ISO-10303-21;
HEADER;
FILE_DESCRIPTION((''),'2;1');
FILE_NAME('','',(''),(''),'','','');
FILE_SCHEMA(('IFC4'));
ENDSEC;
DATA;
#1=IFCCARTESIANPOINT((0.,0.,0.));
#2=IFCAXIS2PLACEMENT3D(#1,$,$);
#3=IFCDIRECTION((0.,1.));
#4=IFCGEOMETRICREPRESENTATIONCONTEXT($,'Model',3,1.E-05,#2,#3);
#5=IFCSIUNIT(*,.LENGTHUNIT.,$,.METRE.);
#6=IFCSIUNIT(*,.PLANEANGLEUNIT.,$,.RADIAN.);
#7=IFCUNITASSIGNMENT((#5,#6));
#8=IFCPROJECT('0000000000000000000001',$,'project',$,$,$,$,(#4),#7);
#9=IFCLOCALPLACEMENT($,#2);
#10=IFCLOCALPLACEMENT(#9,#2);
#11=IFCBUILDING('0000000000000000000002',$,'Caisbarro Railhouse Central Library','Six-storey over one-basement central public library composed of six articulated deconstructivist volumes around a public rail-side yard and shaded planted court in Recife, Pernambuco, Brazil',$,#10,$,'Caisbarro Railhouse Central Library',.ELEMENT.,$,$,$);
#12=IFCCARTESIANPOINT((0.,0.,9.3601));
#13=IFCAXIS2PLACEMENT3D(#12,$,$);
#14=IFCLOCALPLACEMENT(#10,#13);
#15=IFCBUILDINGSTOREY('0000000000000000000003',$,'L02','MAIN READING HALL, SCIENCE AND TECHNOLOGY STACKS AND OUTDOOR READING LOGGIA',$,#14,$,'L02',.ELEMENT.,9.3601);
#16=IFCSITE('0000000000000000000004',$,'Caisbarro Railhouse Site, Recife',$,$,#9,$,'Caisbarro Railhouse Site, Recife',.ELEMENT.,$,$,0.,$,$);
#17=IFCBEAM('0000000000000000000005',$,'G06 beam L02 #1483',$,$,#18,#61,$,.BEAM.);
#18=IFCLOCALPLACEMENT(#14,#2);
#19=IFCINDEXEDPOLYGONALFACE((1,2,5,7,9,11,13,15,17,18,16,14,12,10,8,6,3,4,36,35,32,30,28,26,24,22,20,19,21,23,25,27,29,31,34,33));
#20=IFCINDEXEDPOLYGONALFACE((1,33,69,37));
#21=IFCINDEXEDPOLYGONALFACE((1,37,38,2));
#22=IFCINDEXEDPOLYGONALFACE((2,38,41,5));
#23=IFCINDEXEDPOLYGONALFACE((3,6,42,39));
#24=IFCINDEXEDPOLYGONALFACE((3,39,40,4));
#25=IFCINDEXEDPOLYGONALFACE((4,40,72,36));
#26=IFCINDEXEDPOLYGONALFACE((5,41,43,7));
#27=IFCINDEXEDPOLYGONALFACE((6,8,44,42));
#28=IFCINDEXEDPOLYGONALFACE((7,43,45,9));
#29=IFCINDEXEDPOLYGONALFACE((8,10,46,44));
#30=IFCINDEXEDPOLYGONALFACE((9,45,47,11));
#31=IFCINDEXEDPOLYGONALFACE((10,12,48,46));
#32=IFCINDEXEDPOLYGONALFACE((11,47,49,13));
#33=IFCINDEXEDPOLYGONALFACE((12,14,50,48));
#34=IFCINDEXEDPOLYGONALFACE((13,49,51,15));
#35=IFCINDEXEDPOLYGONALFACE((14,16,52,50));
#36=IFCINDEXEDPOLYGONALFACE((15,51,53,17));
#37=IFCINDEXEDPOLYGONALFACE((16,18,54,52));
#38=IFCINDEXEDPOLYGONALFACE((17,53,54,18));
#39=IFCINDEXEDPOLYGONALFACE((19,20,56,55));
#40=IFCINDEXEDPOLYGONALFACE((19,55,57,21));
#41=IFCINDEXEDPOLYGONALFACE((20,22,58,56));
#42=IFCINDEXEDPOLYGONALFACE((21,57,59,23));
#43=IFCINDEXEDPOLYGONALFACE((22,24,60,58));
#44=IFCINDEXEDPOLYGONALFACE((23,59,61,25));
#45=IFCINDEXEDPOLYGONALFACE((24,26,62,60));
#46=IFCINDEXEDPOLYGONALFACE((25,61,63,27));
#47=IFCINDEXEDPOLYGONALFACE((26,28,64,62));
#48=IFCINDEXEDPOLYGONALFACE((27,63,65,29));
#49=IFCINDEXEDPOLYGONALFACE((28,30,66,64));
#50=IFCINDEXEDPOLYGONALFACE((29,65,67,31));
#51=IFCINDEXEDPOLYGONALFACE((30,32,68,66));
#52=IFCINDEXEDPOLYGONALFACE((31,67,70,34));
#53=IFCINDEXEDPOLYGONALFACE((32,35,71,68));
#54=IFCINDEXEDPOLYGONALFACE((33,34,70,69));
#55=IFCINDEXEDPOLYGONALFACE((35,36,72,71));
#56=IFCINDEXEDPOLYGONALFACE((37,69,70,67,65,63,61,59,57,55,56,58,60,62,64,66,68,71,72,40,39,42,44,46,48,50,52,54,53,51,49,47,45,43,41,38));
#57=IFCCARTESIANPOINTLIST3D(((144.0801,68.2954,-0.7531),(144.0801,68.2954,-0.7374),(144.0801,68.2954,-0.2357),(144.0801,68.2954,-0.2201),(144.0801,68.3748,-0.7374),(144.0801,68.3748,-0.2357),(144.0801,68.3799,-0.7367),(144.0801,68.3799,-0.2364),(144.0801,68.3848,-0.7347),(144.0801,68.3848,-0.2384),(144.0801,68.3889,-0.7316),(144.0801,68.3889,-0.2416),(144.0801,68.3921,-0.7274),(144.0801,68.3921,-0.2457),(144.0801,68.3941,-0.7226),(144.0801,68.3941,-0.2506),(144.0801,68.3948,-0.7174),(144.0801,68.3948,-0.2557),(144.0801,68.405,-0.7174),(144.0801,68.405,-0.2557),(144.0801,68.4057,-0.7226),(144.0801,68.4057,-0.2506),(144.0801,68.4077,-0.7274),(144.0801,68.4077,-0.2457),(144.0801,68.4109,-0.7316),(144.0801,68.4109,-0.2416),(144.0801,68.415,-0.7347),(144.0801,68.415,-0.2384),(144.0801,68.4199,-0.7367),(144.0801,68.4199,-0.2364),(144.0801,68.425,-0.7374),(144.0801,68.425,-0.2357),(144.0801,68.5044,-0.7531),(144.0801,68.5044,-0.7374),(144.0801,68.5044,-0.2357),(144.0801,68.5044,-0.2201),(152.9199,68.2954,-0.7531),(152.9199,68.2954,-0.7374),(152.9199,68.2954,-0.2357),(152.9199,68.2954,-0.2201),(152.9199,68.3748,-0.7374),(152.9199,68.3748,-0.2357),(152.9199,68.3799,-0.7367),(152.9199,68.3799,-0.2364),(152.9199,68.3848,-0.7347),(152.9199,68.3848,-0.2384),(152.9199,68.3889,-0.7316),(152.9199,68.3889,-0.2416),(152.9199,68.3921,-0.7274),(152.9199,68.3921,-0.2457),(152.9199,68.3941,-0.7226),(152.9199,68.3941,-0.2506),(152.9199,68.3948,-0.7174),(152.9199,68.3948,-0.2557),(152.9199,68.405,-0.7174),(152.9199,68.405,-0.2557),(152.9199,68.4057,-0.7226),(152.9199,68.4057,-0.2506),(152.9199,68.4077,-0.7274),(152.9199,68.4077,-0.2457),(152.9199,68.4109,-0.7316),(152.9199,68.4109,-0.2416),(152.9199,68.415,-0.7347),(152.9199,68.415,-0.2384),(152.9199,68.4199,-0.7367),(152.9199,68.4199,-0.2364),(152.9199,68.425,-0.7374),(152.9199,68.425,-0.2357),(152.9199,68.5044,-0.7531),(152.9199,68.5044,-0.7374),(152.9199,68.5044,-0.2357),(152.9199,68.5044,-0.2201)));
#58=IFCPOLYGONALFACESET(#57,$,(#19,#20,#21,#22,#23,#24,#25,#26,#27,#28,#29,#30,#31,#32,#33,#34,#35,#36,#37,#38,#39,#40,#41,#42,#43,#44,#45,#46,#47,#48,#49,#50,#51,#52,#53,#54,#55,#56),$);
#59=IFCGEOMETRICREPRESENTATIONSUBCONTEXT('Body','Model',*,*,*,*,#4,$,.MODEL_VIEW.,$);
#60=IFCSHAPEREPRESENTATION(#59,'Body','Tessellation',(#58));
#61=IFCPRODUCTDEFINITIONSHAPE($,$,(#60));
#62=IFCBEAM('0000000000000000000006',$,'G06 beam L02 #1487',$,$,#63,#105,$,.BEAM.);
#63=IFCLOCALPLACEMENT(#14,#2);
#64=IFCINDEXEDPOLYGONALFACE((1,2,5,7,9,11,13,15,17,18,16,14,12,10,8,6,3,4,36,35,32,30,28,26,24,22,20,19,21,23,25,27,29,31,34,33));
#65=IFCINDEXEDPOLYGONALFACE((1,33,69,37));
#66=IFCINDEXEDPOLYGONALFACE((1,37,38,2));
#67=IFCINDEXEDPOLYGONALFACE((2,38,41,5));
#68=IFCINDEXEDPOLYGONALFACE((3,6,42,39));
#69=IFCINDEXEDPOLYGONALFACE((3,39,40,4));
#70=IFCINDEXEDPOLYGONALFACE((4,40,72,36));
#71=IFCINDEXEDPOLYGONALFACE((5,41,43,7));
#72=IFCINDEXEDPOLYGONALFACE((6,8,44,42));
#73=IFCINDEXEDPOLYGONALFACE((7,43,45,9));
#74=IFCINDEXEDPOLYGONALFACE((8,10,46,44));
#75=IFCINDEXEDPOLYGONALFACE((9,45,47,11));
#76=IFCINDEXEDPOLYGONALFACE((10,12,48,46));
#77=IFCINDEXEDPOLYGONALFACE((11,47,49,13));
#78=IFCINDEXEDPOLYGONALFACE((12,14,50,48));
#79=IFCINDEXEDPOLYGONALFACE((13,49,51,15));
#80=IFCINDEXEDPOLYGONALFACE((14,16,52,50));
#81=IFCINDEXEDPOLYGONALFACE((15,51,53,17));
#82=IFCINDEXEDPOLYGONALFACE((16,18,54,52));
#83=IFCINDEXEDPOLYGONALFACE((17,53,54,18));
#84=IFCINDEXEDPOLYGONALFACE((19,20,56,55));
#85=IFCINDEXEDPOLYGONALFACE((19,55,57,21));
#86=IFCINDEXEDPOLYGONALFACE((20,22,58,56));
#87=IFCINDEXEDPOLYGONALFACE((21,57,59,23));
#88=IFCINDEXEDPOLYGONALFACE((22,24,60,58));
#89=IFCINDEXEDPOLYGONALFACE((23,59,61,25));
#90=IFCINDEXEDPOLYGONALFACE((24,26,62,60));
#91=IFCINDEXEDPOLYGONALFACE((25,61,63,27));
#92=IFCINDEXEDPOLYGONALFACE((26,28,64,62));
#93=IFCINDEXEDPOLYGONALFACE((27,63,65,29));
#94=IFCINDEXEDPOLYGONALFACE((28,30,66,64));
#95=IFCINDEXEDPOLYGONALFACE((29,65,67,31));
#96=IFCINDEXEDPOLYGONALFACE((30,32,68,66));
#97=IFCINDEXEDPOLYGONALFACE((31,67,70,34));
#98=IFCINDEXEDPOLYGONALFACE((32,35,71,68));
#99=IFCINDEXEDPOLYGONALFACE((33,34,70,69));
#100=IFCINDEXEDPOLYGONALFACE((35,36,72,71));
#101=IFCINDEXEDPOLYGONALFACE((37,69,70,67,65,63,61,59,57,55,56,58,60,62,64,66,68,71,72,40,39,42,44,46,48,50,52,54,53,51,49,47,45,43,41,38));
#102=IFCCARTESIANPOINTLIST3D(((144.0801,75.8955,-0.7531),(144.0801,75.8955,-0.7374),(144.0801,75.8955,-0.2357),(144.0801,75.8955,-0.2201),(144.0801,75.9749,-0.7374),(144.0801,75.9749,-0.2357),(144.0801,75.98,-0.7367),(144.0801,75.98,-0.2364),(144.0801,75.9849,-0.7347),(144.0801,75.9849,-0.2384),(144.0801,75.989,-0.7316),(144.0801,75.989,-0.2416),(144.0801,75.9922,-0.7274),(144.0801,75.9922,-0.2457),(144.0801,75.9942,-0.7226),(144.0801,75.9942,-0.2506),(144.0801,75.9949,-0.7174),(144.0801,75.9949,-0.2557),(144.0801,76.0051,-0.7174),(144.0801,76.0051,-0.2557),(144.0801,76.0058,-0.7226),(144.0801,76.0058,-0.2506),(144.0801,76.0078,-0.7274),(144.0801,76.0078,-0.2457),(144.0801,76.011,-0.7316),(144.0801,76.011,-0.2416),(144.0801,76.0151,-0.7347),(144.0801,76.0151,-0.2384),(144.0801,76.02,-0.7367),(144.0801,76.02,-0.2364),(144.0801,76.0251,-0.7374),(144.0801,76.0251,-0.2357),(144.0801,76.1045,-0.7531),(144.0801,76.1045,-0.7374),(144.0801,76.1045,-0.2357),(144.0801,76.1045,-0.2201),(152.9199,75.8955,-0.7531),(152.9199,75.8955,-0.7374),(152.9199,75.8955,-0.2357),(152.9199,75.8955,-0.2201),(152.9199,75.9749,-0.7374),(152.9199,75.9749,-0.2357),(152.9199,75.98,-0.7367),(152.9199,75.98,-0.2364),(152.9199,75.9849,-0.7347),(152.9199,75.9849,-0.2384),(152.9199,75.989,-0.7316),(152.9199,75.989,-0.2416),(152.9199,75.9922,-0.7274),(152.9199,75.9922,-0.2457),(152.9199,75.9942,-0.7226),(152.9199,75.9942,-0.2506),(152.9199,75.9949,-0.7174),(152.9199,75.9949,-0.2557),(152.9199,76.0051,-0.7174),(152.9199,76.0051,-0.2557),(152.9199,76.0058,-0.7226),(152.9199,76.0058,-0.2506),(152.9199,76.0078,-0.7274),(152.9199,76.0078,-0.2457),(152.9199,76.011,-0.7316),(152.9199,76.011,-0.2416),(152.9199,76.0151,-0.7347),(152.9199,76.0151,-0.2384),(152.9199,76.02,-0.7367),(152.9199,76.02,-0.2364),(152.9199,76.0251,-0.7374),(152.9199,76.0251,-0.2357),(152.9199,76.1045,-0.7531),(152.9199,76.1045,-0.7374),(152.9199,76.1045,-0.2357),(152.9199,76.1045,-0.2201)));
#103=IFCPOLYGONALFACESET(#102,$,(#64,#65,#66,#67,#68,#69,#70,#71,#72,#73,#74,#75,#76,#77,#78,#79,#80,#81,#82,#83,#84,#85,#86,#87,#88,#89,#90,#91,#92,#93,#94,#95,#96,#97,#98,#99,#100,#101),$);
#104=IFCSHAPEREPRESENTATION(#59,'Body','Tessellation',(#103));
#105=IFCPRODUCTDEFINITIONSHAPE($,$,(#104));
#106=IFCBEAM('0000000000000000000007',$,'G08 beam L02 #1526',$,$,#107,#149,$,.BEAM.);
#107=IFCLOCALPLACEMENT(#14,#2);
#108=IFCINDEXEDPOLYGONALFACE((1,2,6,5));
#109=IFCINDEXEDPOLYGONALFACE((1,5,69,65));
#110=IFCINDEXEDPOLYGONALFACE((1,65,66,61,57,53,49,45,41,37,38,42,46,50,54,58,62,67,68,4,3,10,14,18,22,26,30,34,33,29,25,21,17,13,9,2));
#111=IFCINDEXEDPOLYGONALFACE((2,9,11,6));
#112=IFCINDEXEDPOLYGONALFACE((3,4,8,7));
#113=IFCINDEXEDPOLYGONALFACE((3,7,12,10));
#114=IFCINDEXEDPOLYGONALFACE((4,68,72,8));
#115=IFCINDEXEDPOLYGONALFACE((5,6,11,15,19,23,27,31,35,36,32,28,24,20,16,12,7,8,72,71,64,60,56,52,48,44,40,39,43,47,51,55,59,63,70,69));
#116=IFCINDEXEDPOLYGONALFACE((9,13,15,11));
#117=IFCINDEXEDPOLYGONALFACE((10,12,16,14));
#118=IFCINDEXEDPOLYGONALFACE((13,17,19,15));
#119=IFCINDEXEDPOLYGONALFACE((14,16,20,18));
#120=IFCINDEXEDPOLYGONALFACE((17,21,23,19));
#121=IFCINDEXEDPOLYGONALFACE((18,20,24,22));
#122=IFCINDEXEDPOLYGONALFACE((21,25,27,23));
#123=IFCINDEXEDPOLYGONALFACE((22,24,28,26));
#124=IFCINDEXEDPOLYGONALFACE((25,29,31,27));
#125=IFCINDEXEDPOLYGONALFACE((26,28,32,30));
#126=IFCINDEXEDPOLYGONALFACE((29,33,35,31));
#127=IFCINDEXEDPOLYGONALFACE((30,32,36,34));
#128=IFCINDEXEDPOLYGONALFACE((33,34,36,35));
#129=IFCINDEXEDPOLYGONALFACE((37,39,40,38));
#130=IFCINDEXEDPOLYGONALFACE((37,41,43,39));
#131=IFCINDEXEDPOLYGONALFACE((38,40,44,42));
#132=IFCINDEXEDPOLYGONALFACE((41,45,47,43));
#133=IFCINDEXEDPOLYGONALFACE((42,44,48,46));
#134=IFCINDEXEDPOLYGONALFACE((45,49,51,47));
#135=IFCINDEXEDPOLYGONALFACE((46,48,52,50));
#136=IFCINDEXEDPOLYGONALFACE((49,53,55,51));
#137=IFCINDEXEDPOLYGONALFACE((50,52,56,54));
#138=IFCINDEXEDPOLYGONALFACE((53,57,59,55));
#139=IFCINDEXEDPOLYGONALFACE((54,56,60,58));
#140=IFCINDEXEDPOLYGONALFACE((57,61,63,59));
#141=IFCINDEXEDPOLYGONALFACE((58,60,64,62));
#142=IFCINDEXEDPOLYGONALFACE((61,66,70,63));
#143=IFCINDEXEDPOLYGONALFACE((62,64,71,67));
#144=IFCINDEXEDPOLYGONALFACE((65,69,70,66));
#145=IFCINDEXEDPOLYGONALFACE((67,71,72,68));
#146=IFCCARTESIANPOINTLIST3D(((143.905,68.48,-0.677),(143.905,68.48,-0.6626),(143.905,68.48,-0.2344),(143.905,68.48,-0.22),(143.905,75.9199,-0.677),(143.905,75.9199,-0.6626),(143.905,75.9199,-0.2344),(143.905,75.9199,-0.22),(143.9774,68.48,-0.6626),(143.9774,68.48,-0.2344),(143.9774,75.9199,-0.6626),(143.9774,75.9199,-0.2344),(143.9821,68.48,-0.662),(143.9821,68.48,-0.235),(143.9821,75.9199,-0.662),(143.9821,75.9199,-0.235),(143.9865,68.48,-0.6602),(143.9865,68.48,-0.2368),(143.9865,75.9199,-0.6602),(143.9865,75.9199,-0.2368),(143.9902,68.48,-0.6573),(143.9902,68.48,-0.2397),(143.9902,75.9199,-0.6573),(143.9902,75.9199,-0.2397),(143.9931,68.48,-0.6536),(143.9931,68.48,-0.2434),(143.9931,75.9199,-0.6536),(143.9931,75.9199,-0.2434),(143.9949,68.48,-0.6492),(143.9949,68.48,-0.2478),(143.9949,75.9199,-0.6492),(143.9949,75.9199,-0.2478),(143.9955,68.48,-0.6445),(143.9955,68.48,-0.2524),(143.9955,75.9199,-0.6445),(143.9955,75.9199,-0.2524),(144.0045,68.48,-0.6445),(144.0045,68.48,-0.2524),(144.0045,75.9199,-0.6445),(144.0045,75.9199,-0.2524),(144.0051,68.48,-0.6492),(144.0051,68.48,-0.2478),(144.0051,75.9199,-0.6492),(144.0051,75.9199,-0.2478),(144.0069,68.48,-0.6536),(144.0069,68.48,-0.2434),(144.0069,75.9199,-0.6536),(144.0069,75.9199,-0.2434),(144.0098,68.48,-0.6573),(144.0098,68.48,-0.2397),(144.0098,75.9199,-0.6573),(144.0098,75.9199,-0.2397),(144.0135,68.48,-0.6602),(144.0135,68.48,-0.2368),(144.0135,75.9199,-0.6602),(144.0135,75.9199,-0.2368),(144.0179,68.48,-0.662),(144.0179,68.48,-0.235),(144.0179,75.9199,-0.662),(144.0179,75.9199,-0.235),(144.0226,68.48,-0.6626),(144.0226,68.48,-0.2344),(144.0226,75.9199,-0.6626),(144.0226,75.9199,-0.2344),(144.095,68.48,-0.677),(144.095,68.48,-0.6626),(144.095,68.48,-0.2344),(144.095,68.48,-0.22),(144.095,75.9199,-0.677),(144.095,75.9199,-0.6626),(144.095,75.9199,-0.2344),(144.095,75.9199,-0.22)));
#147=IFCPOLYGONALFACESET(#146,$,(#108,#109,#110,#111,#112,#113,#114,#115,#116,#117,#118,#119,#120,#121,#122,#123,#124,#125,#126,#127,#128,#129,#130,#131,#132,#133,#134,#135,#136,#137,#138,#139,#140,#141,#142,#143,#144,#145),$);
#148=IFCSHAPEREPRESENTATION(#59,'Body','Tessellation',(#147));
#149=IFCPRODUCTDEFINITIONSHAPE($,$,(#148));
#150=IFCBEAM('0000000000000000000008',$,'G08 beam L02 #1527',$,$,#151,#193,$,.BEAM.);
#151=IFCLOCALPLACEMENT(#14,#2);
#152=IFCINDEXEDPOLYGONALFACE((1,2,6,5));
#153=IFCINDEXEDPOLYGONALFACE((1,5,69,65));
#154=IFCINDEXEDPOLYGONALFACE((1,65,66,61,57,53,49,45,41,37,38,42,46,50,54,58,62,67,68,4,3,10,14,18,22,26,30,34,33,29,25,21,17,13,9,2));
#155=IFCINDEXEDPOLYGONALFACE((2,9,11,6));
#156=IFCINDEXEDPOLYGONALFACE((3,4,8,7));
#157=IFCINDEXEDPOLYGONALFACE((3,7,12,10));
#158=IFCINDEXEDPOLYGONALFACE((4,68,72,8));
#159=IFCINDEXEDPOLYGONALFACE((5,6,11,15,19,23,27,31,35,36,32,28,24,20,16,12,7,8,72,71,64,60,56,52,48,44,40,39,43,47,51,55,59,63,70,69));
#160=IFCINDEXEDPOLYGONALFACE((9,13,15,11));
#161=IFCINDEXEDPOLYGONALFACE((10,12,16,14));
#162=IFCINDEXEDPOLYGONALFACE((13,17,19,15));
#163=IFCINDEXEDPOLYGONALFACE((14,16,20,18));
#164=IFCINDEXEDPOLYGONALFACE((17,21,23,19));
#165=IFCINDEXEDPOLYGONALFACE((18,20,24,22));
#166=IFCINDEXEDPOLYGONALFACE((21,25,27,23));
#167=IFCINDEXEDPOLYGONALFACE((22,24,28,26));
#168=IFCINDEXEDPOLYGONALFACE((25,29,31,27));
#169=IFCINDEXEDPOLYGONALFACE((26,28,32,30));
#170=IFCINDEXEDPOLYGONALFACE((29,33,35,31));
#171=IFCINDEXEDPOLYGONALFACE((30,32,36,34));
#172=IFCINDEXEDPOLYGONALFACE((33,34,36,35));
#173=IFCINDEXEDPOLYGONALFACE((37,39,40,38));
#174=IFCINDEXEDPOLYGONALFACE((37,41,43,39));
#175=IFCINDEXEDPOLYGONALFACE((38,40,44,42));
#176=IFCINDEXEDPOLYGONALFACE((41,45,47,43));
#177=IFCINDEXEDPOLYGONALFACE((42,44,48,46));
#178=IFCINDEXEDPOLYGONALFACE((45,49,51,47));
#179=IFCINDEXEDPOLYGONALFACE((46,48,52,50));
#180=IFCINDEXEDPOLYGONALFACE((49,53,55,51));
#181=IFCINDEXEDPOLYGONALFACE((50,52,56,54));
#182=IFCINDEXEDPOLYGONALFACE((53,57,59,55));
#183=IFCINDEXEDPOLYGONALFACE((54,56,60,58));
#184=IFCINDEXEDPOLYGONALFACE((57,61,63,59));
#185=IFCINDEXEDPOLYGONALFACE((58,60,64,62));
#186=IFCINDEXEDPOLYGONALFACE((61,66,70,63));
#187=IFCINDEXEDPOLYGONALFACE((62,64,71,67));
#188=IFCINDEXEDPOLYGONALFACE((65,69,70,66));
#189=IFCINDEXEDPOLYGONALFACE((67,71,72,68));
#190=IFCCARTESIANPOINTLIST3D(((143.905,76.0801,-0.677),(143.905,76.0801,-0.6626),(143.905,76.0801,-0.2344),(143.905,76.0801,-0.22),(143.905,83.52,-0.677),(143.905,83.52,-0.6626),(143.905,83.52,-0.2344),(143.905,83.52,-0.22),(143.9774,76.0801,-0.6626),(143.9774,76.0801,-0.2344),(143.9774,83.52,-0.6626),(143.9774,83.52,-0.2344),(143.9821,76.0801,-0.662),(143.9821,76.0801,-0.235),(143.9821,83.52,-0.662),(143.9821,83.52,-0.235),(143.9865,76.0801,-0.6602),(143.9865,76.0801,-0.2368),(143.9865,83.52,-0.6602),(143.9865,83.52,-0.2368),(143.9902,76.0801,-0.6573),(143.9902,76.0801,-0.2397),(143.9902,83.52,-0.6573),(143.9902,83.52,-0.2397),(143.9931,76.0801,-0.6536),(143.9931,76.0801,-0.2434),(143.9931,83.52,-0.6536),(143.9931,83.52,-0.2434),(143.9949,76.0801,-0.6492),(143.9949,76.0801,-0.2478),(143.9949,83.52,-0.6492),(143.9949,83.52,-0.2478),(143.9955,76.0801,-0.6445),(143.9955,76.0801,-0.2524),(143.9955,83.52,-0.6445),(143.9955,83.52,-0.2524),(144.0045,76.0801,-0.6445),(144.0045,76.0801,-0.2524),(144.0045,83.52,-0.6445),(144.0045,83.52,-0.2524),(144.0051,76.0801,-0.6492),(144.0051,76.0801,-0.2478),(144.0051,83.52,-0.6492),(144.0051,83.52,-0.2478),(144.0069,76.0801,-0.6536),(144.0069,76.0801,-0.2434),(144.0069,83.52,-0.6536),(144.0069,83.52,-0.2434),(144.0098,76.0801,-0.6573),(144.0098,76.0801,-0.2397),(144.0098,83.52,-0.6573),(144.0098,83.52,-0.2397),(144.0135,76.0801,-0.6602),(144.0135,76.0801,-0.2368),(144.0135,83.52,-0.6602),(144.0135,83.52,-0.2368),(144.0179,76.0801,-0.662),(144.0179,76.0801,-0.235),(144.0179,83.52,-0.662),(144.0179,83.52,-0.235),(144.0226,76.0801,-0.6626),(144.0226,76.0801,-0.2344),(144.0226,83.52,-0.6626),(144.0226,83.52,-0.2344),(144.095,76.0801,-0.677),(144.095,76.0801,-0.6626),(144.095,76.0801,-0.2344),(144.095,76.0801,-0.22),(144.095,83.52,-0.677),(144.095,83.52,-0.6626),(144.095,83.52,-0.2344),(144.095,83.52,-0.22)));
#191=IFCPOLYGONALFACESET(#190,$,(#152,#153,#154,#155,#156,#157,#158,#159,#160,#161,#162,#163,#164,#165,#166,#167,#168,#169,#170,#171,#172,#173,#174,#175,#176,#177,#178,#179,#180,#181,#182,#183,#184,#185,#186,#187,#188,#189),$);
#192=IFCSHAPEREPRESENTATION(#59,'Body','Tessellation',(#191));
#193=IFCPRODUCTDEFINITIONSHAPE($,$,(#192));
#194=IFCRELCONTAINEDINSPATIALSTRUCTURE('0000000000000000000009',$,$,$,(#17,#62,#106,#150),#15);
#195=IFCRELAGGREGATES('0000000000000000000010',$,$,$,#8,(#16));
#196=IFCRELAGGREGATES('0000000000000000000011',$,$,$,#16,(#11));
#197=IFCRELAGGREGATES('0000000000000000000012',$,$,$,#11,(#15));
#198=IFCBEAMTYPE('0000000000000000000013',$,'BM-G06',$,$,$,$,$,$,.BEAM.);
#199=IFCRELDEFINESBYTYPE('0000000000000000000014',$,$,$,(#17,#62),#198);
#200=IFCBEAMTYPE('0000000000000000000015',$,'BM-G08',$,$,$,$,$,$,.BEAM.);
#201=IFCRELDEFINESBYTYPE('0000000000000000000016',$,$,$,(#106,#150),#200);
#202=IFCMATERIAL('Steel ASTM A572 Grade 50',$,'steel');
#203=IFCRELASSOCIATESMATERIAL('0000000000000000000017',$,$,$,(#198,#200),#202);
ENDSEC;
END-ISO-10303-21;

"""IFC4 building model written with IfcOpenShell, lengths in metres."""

from ifc_helpers import new_model, si_unit, direction, frame, origin, origin_2d, place, context, subcontext, project, spatial, i_section, extrude, material, material_profile, profile_set, type_object, element, save


model = new_model("IFC4")

# Units and contexts
model_context = context("Model", 3, precision=1e-05, world=origin(), true_north=direction((0.0, 1.0)))
body_context = subcontext(model_context, "Body", "Model", "MODEL_VIEW")
ifc_project = project(units=[si_unit("LENGTHUNIT", "METRE"), si_unit("PLANEANGLEUNIT", "RADIAN")], contexts=[model_context])

# Site, building, storey
site_placement = place(None, origin())
site = spatial("IfcSite", under=ifc_project, at=site_placement, Name="Caisbarro Railhouse Site, Recife", LongName="Caisbarro Railhouse Site, Recife", CompositionType="ELEMENT", RefElevation=0.0)
building_placement = place(site_placement, origin())
building = spatial("IfcBuilding", under=site, at=building_placement, Name="Caisbarro Railhouse Central Library", Description="Six-storey over one-basement central public library composed of six articulated deconstructivist volumes around a public rail-side yard and shaded planted court in Recife, Pernambuco, Brazil", LongName="Caisbarro Railhouse Central Library", CompositionType="ELEMENT")
storey_placement = place(building_placement, frame((0.0, 0.0, 9.3601)))
storey = spatial("IfcBuildingStorey", under=building, at=storey_placement, Name="L02", Description="MAIN READING HALL, SCIENCE AND TECHNOLOGY STACKS AND OUTDOOR READING LOGGIA", LongName="L02", CompositionType="ELEMENT", Elevation=9.3601)

# Shared definitions
ifc_material_1 = material(Name="Steel ASTM A572 Grade 50", Category="steel")

# Beams
ifc_material_profile_1 = material_profile(ifc_material_1, i_section(OverallWidth=0.209, OverallDepth=0.533, WebThickness=0.0103, FlangeThickness=0.0156, FilletRadius=0.02, at=origin_2d()), Name="W530X92.0")
ifc_profile_set_1 = profile_set([ifc_material_profile_1], Name="Steel ASTM A572 Grade 50")
beam_type_1 = type_object("IfcBeamType", Name="BM-G06", PredefinedType="BEAM", material=ifc_profile_set_1)
for number, where, z_axis, x_axis, name in (
    (1, (144.0801, 68.3999, -0.4866), (1.0, 0.0, 0.0), (0.0, 1.0, 0.0), "G06 beam L02 #1483"),
    (2, (144.0801, 76.0, -0.4866), (1.0, 0.0, 0.0), (0.0, 1.0, 0.0), "G06 beam L02 #1487"),
):
    element("IfcBeam", number, at=place(storey_placement, frame(where, z_axis=z_axis, x_axis=x_axis)), inside=storey, type_object=beam_type_1, Name=name, PredefinedType="BEAM", context=body_context, shape_type="SweptSolid", body=[
        extrude(i_section(OverallWidth=0.209, OverallDepth=0.533, WebThickness=0.0103, FlangeThickness=0.0156, FilletRadius=0.02, at=origin_2d()), origin(), (0.0, 0.0, 1.0), 8.8398),
    ])
ifc_material_profile_2 = material_profile(ifc_material_1, i_section(OverallWidth=0.1899, OverallDepth=0.457, WebThickness=0.009, FlangeThickness=0.0144, FilletRadius=0.0181, at=origin_2d()), Name="W460X74.0")
ifc_profile_set_2 = profile_set([ifc_material_profile_2], Name="Steel ASTM A572 Grade 50")
beam_type_2 = type_object("IfcBeamType", Name="BM-G08", PredefinedType="BEAM", material=ifc_profile_set_2)
for number, where, z_axis, x_axis, name in (
    (3, (144.0, 68.48, -0.4485), (0.0, 1.0, 0.0), (-1.0, 0.0, 0.0), "G08 beam L02 #1526"),
    (4, (144.0, 76.0801, -0.4485), (0.0, 1.0, 0.0), (-1.0, 0.0, 0.0), "G08 beam L02 #1527"),
):
    element("IfcBeam", number, at=place(storey_placement, frame(where, z_axis=z_axis, x_axis=x_axis)), inside=storey, type_object=beam_type_2, Name=name, PredefinedType="BEAM", context=body_context, shape_type="SweptSolid", body=[
        extrude(i_section(OverallWidth=0.1899, OverallDepth=0.457, WebThickness=0.009, FlangeThickness=0.0144, FilletRadius=0.0181, at=origin_2d()), origin(), (0.0, 0.0, 1.0), 7.4399),
    ])

save(model, "model.ifc")
